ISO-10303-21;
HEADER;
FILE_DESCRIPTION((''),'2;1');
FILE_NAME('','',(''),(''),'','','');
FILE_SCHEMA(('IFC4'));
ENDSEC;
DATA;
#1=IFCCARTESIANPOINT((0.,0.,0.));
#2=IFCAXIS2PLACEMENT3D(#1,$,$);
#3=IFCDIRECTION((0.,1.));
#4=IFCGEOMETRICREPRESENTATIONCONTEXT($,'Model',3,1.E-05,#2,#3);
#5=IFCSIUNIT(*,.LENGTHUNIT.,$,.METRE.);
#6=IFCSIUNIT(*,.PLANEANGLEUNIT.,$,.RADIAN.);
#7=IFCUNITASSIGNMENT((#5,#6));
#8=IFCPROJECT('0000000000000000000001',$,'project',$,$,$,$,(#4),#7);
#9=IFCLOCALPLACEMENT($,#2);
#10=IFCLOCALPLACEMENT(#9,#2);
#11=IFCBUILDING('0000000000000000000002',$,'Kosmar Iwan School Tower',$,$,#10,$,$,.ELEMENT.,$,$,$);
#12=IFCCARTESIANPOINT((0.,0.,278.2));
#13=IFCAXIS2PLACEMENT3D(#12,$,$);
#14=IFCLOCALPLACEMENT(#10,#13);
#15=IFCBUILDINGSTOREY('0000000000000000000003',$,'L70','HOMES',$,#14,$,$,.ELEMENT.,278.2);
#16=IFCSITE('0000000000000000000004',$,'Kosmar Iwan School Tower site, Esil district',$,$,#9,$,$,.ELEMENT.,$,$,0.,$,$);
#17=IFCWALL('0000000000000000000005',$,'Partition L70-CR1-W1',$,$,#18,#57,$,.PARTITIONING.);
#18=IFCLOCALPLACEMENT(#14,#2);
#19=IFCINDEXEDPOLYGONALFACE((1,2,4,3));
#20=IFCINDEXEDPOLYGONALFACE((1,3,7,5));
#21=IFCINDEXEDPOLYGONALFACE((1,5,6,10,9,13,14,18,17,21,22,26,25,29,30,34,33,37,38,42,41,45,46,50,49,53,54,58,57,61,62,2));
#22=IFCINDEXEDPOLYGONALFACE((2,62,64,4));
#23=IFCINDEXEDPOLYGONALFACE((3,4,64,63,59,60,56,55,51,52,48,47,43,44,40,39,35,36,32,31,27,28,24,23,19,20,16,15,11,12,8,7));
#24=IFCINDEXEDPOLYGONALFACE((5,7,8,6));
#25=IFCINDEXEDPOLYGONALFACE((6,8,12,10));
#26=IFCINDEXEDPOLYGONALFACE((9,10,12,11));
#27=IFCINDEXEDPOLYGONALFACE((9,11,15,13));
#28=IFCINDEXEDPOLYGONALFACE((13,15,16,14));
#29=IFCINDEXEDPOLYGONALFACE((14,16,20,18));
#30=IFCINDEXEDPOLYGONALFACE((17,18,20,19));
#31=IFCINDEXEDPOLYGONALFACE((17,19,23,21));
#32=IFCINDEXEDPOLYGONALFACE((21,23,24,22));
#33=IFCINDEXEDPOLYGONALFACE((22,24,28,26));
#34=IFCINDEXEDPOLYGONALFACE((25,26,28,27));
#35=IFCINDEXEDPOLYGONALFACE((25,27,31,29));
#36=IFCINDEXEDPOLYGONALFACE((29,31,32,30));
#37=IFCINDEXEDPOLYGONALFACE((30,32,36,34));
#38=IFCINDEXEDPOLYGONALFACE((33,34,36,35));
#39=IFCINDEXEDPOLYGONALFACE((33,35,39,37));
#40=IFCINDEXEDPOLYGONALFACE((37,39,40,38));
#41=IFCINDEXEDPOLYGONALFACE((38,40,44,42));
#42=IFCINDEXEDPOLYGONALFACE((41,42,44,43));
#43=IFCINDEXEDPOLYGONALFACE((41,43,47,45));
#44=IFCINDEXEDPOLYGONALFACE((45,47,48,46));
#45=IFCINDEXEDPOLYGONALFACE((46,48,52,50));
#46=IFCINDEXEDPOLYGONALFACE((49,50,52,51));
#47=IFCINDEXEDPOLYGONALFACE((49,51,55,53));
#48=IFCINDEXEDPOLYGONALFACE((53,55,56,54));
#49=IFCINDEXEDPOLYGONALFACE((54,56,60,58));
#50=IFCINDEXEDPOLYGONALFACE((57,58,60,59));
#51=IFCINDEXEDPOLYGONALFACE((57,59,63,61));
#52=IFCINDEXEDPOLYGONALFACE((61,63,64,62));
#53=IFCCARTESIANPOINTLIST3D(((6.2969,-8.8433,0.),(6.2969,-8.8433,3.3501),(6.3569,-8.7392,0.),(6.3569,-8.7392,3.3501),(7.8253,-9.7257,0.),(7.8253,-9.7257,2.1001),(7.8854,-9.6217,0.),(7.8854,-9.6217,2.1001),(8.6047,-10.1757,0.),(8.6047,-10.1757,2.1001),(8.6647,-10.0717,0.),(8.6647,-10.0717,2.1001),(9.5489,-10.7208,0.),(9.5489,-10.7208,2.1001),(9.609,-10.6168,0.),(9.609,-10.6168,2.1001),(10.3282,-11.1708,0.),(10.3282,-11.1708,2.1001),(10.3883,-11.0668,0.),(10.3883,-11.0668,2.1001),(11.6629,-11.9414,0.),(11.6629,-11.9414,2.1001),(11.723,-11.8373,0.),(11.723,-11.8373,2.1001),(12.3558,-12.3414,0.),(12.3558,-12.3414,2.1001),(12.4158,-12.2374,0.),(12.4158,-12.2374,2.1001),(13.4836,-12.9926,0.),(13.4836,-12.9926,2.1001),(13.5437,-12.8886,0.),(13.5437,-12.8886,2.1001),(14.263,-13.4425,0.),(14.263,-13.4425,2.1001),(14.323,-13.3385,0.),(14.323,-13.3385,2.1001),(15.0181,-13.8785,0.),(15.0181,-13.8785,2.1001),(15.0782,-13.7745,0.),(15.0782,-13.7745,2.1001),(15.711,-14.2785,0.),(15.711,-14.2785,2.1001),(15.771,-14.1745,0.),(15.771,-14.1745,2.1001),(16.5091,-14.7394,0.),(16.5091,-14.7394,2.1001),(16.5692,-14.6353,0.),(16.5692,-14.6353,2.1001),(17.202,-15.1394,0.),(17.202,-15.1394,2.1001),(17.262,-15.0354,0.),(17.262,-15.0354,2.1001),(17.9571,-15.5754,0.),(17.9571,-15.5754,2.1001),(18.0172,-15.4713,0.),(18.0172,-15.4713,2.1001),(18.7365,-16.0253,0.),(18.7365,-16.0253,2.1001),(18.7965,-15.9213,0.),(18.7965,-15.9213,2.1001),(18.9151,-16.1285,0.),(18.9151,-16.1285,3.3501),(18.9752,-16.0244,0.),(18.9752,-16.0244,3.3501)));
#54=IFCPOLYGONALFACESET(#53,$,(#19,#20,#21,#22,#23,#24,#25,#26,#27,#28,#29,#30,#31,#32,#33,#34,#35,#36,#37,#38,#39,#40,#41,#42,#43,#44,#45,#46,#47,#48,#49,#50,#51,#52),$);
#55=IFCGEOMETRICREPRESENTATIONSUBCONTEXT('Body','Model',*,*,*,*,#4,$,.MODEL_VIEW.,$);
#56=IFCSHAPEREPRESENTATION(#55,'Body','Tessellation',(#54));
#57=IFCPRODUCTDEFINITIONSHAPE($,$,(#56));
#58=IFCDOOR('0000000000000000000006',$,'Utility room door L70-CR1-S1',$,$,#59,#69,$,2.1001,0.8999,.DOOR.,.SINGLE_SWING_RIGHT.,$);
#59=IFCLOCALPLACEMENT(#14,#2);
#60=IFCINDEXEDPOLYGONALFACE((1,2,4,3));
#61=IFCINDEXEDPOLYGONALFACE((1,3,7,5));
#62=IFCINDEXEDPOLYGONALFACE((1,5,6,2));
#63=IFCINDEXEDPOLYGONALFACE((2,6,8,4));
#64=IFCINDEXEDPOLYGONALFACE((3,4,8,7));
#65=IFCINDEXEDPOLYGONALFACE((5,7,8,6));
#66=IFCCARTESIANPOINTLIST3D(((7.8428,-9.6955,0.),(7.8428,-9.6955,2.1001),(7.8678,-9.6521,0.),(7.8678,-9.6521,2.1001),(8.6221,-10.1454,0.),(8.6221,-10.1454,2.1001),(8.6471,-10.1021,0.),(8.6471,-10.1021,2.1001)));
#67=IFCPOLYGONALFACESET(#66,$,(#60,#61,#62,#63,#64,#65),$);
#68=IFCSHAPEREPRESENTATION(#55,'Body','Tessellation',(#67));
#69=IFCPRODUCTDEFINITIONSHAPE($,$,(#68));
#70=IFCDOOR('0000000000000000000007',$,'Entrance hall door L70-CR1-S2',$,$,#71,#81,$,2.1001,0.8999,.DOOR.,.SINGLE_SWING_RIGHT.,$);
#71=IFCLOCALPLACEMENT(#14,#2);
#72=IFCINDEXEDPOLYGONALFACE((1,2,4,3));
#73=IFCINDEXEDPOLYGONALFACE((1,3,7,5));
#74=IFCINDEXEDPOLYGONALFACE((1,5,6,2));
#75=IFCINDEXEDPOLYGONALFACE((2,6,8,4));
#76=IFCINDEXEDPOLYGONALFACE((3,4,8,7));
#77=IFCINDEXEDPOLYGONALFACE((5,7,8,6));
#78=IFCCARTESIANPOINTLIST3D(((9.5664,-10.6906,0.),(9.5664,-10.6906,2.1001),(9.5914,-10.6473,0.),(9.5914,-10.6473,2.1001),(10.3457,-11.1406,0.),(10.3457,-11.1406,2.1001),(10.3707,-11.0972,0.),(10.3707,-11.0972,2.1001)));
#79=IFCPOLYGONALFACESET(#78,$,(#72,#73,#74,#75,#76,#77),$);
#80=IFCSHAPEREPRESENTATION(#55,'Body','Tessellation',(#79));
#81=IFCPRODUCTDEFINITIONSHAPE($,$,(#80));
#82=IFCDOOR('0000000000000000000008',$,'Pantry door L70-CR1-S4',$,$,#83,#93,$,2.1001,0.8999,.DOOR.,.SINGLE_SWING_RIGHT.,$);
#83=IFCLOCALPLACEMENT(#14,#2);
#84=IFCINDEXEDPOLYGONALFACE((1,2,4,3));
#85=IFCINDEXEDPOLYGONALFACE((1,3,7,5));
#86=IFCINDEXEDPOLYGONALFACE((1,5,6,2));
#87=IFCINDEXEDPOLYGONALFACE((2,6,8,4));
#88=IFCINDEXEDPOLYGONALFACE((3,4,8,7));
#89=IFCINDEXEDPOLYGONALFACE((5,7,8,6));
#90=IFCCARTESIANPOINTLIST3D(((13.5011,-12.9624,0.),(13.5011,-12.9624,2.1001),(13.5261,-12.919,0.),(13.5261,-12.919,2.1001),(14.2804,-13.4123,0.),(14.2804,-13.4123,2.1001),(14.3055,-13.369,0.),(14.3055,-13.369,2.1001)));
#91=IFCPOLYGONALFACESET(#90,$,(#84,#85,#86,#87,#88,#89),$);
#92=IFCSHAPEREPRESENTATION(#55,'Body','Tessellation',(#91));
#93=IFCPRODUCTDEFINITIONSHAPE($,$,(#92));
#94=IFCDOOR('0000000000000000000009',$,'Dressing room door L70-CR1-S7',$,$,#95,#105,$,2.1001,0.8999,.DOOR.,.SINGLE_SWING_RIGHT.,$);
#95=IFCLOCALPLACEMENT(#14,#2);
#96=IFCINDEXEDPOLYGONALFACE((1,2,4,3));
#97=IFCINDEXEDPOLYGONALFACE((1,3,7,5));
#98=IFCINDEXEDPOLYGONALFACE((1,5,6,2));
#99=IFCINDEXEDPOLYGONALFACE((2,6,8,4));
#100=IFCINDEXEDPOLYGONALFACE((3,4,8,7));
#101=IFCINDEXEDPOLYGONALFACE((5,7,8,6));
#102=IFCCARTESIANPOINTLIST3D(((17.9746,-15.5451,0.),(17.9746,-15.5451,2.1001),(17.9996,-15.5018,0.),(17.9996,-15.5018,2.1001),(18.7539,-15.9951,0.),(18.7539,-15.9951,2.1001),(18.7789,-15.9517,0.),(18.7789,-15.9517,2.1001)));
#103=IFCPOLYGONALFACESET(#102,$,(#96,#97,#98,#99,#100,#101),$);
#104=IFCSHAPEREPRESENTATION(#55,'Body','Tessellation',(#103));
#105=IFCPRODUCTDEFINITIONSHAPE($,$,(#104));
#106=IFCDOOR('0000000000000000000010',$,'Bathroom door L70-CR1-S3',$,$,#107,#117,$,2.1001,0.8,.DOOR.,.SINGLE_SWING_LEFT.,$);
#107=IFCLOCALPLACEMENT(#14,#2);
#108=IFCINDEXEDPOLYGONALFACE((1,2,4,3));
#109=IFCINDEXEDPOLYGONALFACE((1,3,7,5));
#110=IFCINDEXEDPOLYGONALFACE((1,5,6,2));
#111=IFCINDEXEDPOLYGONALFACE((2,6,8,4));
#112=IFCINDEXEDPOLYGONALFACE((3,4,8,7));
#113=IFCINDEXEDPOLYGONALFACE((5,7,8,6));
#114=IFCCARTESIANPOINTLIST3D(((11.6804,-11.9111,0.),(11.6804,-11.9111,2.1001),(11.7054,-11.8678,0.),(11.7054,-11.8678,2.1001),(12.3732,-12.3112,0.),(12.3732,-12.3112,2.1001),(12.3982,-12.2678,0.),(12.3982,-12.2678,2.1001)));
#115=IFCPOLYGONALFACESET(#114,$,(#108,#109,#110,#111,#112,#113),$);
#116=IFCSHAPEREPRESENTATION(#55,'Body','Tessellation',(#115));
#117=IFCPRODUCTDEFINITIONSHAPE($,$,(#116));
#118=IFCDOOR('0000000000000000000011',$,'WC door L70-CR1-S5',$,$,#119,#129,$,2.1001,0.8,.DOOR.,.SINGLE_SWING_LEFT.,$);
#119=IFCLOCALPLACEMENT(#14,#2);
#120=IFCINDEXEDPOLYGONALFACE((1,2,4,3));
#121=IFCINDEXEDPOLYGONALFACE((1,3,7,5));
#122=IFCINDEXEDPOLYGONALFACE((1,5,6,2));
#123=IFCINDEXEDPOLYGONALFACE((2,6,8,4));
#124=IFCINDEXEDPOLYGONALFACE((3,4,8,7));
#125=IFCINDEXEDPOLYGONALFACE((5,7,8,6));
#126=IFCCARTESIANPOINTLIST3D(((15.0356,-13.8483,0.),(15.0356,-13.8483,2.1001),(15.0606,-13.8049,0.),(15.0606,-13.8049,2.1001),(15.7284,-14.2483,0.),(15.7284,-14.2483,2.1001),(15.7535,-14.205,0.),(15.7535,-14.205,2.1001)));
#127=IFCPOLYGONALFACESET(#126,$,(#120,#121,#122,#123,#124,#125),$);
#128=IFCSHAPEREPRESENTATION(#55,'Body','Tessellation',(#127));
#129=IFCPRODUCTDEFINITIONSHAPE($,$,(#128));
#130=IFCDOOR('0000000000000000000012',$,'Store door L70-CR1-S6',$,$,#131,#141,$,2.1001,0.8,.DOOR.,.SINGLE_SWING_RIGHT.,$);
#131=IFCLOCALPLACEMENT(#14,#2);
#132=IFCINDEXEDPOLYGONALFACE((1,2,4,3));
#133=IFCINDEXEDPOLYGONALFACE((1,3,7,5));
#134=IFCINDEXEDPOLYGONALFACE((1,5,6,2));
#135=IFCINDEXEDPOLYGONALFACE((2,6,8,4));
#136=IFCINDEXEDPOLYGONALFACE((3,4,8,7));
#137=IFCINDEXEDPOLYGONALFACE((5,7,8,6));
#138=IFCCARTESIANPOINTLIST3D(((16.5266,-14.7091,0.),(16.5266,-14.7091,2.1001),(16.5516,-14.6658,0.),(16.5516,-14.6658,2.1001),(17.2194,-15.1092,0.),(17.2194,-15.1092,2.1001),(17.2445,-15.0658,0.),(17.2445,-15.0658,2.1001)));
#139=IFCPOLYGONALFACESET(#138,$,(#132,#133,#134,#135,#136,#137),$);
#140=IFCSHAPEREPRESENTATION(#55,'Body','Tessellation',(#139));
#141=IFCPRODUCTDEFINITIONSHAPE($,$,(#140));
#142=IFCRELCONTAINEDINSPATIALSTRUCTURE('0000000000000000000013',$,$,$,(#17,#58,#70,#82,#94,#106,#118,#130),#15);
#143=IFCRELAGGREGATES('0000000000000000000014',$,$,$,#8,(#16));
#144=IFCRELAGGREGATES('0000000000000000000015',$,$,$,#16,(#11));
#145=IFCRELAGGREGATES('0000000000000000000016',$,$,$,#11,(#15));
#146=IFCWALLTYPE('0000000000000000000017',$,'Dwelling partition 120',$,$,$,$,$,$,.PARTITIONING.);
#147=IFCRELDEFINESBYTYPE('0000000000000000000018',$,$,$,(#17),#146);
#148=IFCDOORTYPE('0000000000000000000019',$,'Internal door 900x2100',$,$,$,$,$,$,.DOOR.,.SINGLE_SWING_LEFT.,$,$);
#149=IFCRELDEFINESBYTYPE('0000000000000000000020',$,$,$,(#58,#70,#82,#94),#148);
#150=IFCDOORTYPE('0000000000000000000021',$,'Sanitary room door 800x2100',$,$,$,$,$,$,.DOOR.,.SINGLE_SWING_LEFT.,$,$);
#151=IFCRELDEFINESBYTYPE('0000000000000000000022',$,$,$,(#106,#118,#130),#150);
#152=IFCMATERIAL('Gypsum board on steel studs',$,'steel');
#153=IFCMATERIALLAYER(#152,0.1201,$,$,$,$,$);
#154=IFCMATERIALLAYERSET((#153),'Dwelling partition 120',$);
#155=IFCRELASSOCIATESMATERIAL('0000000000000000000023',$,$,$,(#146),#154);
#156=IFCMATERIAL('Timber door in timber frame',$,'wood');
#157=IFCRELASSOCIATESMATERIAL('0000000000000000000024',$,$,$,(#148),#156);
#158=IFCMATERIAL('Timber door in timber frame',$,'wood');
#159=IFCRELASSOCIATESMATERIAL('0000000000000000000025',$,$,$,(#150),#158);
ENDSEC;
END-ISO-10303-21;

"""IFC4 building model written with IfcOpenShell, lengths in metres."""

from ifc_helpers import new_model, si_unit, direction, frame, frame_2d, origin, place, context, subcontext, project, spatial, rectangle, extrude, material, layer, layer_set, type_object, element, fill, save


model = new_model("IFC4")

# Units and contexts
model_context = context("Model", 3, precision=1e-05, world=origin(), true_north=direction((0.0, 1.0)))
body_context = subcontext(model_context, "Body", "Model", "MODEL_VIEW")
ifc_project = project(units=[si_unit("LENGTHUNIT", "METRE"), si_unit("PLANEANGLEUNIT", "RADIAN")], contexts=[model_context])

# Site, building, storey
site_placement = place(None, origin())
site = spatial("IfcSite", under=ifc_project, at=site_placement, Name="Kosmar Iwan School Tower site, Esil district", CompositionType="ELEMENT", RefElevation=0.0)
building_placement = place(site_placement, origin())
building = spatial("IfcBuilding", under=site, at=building_placement, Name="Kosmar Iwan School Tower", CompositionType="ELEMENT")
storey_placement = place(building_placement, frame((0.0, 0.0, 278.2)))
storey = spatial("IfcBuildingStorey", under=building, at=storey_placement, Name="L70", Description="HOMES", CompositionType="ELEMENT", Elevation=278.2)

# Shared definitions
ifc_material_1 = material(Name="Gypsum board on steel studs", Category="steel")
ifc_layer_1 = layer(ifc_material_1, 0.1201)
ifc_layer_set_1 = layer_set([ifc_layer_1], Name="Dwelling partition 120")
wall_type_1 = type_object("IfcWallType", Name="Dwelling partition 120", PredefinedType="PARTITIONING", material=ifc_layer_set_1)

# Wall, openings, doors
wall_1_placement = place(storey_placement, frame((6.3269, -8.7913, 0.0), z_axis=(0.0, 0.0, 1.0), x_axis=(0.866024, -0.500003, 0.0)))
wall_1 = element("IfcWall", 1, at=wall_1_placement, inside=storey, type_object=wall_type_1, Name="Partition L70-CR1-W1", PredefinedType="PARTITIONING", context=body_context, shape_type="SweptSolid", body=[
    extrude(rectangle(XDim=14.5703, YDim=0.1201, at=frame_2d((7.2852, 0.0))), origin(), (0.0, 0.0, 1.0), 3.3501),
])
opening_1_placement = place(wall_1_placement, frame((1.7649, 0.0, 0.0)))
opening_1 = element("IfcOpeningElement", 2, at=opening_1_placement, cuts=wall_1, PredefinedType="OPENING", context=body_context, shape_type="SweptSolid", body=[
    extrude(rectangle(XDim=0.8999, YDim=2.1001, at=frame_2d((0.45, 1.05))), frame((0.0, 0.072, 0.0), z_axis=(0.0, -1.0, 0.0), x_axis=(1.0, 0.0, 0.0)), (0.0, 0.0, 1.0), 0.144),
])
opening_2_placement = place(wall_1_placement, frame((3.7551, 0.0, 0.0)))
opening_2 = element("IfcOpeningElement", 3, at=opening_2_placement, cuts=wall_1, PredefinedType="OPENING", context=body_context, shape_type="SweptSolid", body=[
    extrude(rectangle(XDim=0.8999, YDim=2.1001, at=frame_2d((0.45, 1.05))), frame((0.0, 0.072, 0.0), z_axis=(0.0, -1.0, 0.0), x_axis=(1.0, 0.0, 0.0)), (0.0, 0.0, 1.0), 0.144),
])
opening_3_placement = place(wall_1_placement, frame((6.1963, 0.0, 0.0)))
opening_3 = element("IfcOpeningElement", 4, at=opening_3_placement, cuts=wall_1, PredefinedType="OPENING", context=body_context, shape_type="SweptSolid", body=[
    extrude(rectangle(XDim=0.8, YDim=2.1001, at=frame_2d((0.3999, 1.05))), frame((0.0, 0.072, 0.0), z_axis=(0.0, -1.0, 0.0), x_axis=(1.0, 0.0, 0.0)), (0.0, 0.0, 1.0), 0.144),
])
opening_4_placement = place(wall_1_placement, frame((8.2986, 0.0, 0.0)))
opening_4 = element("IfcOpeningElement", 5, at=opening_4_placement, cuts=wall_1, PredefinedType="OPENING", context=body_context, shape_type="SweptSolid", body=[
    extrude(rectangle(XDim=0.8999, YDim=2.1001, at=frame_2d((0.45, 1.05))), frame((0.0, 0.072, 0.0), z_axis=(0.0, -1.0, 0.0), x_axis=(1.0, 0.0, 0.0)), (0.0, 0.0, 1.0), 0.144),
])
opening_5_placement = place(wall_1_placement, frame((10.0706, 0.0, 0.0)))
opening_5 = element("IfcOpeningElement", 6, at=opening_5_placement, cuts=wall_1, PredefinedType="OPENING", context=body_context, shape_type="SweptSolid", body=[
    extrude(rectangle(XDim=0.8, YDim=2.1001, at=frame_2d((0.3999, 1.05))), frame((0.0, 0.072, 0.0), z_axis=(0.0, -1.0, 0.0), x_axis=(1.0, 0.0, 0.0)), (0.0, 0.0, 1.0), 0.144),
])
opening_6_placement = place(wall_1_placement, frame((11.7922, 0.0, 0.0)))
opening_6 = element("IfcOpeningElement", 7, at=opening_6_placement, cuts=wall_1, PredefinedType="OPENING", context=body_context, shape_type="SweptSolid", body=[
    extrude(rectangle(XDim=0.8, YDim=2.1001, at=frame_2d((0.3999, 1.05))), frame((0.0, 0.072, 0.0), z_axis=(0.0, -1.0, 0.0), x_axis=(1.0, 0.0, 0.0)), (0.0, 0.0, 1.0), 0.144),
])
opening_7_placement = place(wall_1_placement, frame((13.4641, 0.0, 0.0)))
opening_7 = element("IfcOpeningElement", 8, at=opening_7_placement, cuts=wall_1, PredefinedType="OPENING", context=body_context, shape_type="SweptSolid", body=[
    extrude(rectangle(XDim=0.8999, YDim=2.1001, at=frame_2d((0.45, 1.05))), frame((0.0, 0.072, 0.0), z_axis=(0.0, -1.0, 0.0), x_axis=(1.0, 0.0, 0.0)), (0.0, 0.0, 1.0), 0.144),
])
ifc_material_2 = material(Name="Timber door in timber frame", Category="wood")
door_type_1 = type_object("IfcDoorType", Name="Internal door 900x2100", OperationType="SINGLE_SWING_LEFT", PredefinedType="DOOR", material=ifc_material_2)
door_1_placement = place(opening_1_placement, origin())
door_1 = element("IfcDoor", 9, at=door_1_placement, inside=storey, type_object=door_type_1, Name="Utility room door L70-CR1-S1", OperationType="SINGLE_SWING_RIGHT", OverallHeight=2.1001, OverallWidth=0.8999, PredefinedType="DOOR", context=body_context, shape_type="SweptSolid", body=[
    extrude(rectangle(XDim=0.8999, YDim=2.1001, at=frame_2d((0.45, 1.05))), frame((0.0, 0.0249, 0.0), z_axis=(0.0, -1.0, 0.0), x_axis=(1.0, 0.0, 0.0)), (0.0, 0.0, 1.0), 0.05),
])
fill(opening_1, door_1)
door_2_placement = place(opening_2_placement, origin())
door_2 = element("IfcDoor", 10, at=door_2_placement, inside=storey, type_object=door_type_1, Name="Entrance hall door L70-CR1-S2", OperationType="SINGLE_SWING_RIGHT", OverallHeight=2.1001, OverallWidth=0.8999, PredefinedType="DOOR", context=body_context, shape_type="SweptSolid", body=[
    extrude(rectangle(XDim=0.8999, YDim=2.1001, at=frame_2d((0.45, 1.05))), frame((0.0, 0.0249, 0.0), z_axis=(0.0, -1.0, 0.0), x_axis=(1.0, 0.0, 0.0)), (0.0, 0.0, 1.0), 0.05),
])
fill(opening_2, door_2)
door_3_placement = place(opening_4_placement, origin())
door_3 = element("IfcDoor", 11, at=door_3_placement, inside=storey, type_object=door_type_1, Name="Pantry door L70-CR1-S4", OperationType="SINGLE_SWING_RIGHT", OverallHeight=2.1001, OverallWidth=0.8999, PredefinedType="DOOR", context=body_context, shape_type="SweptSolid", body=[
    extrude(rectangle(XDim=0.8999, YDim=2.1001, at=frame_2d((0.45, 1.05))), frame((0.0, 0.0249, 0.0), z_axis=(0.0, -1.0, 0.0), x_axis=(1.0, 0.0, 0.0)), (0.0, 0.0, 1.0), 0.05),
])
fill(opening_4, door_3)
door_4_placement = place(opening_7_placement, origin())
door_4 = element("IfcDoor", 12, at=door_4_placement, inside=storey, type_object=door_type_1, Name="Dressing room door L70-CR1-S7", OperationType="SINGLE_SWING_RIGHT", OverallHeight=2.1001, OverallWidth=0.8999, PredefinedType="DOOR", context=body_context, shape_type="SweptSolid", body=[
    extrude(rectangle(XDim=0.8999, YDim=2.1001, at=frame_2d((0.45, 1.05))), frame((0.0, 0.0249, 0.0), z_axis=(0.0, -1.0, 0.0), x_axis=(1.0, 0.0, 0.0)), (0.0, 0.0, 1.0), 0.05),
])
fill(opening_7, door_4)
ifc_material_3 = material(Name="Timber door in timber frame", Category="wood")
door_type_2 = type_object("IfcDoorType", Name="Sanitary room door 800x2100", OperationType="SINGLE_SWING_LEFT", PredefinedType="DOOR", material=ifc_material_3)
door_5_placement = place(opening_3_placement, origin())
door_5 = element("IfcDoor", 13, at=door_5_placement, inside=storey, type_object=door_type_2, Name="Bathroom door L70-CR1-S3", OperationType="SINGLE_SWING_LEFT", OverallHeight=2.1001, OverallWidth=0.8, PredefinedType="DOOR", context=body_context, shape_type="SweptSolid", body=[
    extrude(rectangle(XDim=0.8, YDim=2.1001, at=frame_2d((0.3999, 1.05))), frame((0.0, 0.0249, 0.0), z_axis=(0.0, -1.0, 0.0), x_axis=(1.0, 0.0, 0.0)), (0.0, 0.0, 1.0), 0.05),
])
fill(opening_3, door_5)
door_6_placement = place(opening_5_placement, origin())
door_6 = element("IfcDoor", 14, at=door_6_placement, inside=storey, type_object=door_type_2, Name="WC door L70-CR1-S5", OperationType="SINGLE_SWING_LEFT", OverallHeight=2.1001, OverallWidth=0.8, PredefinedType="DOOR", context=body_context, shape_type="SweptSolid", body=[
    extrude(rectangle(XDim=0.8, YDim=2.1001, at=frame_2d((0.3999, 1.05))), frame((0.0, 0.0249, 0.0), z_axis=(0.0, -1.0, 0.0), x_axis=(1.0, 0.0, 0.0)), (0.0, 0.0, 1.0), 0.05),
])
fill(opening_5, door_6)
door_7_placement = place(opening_6_placement, origin())
door_7 = element("IfcDoor", 15, at=door_7_placement, inside=storey, type_object=door_type_2, Name="Store door L70-CR1-S6", OperationType="SINGLE_SWING_RIGHT", OverallHeight=2.1001, OverallWidth=0.8, PredefinedType="DOOR", context=body_context, shape_type="SweptSolid", body=[
    extrude(rectangle(XDim=0.8, YDim=2.1001, at=frame_2d((0.3999, 1.05))), frame((0.0, 0.0249, 0.0), z_axis=(0.0, -1.0, 0.0), x_axis=(1.0, 0.0, 0.0)), (0.0, 0.0, 1.0), 0.05),
])
fill(opening_6, door_7)

save(model, "model.ifc")
